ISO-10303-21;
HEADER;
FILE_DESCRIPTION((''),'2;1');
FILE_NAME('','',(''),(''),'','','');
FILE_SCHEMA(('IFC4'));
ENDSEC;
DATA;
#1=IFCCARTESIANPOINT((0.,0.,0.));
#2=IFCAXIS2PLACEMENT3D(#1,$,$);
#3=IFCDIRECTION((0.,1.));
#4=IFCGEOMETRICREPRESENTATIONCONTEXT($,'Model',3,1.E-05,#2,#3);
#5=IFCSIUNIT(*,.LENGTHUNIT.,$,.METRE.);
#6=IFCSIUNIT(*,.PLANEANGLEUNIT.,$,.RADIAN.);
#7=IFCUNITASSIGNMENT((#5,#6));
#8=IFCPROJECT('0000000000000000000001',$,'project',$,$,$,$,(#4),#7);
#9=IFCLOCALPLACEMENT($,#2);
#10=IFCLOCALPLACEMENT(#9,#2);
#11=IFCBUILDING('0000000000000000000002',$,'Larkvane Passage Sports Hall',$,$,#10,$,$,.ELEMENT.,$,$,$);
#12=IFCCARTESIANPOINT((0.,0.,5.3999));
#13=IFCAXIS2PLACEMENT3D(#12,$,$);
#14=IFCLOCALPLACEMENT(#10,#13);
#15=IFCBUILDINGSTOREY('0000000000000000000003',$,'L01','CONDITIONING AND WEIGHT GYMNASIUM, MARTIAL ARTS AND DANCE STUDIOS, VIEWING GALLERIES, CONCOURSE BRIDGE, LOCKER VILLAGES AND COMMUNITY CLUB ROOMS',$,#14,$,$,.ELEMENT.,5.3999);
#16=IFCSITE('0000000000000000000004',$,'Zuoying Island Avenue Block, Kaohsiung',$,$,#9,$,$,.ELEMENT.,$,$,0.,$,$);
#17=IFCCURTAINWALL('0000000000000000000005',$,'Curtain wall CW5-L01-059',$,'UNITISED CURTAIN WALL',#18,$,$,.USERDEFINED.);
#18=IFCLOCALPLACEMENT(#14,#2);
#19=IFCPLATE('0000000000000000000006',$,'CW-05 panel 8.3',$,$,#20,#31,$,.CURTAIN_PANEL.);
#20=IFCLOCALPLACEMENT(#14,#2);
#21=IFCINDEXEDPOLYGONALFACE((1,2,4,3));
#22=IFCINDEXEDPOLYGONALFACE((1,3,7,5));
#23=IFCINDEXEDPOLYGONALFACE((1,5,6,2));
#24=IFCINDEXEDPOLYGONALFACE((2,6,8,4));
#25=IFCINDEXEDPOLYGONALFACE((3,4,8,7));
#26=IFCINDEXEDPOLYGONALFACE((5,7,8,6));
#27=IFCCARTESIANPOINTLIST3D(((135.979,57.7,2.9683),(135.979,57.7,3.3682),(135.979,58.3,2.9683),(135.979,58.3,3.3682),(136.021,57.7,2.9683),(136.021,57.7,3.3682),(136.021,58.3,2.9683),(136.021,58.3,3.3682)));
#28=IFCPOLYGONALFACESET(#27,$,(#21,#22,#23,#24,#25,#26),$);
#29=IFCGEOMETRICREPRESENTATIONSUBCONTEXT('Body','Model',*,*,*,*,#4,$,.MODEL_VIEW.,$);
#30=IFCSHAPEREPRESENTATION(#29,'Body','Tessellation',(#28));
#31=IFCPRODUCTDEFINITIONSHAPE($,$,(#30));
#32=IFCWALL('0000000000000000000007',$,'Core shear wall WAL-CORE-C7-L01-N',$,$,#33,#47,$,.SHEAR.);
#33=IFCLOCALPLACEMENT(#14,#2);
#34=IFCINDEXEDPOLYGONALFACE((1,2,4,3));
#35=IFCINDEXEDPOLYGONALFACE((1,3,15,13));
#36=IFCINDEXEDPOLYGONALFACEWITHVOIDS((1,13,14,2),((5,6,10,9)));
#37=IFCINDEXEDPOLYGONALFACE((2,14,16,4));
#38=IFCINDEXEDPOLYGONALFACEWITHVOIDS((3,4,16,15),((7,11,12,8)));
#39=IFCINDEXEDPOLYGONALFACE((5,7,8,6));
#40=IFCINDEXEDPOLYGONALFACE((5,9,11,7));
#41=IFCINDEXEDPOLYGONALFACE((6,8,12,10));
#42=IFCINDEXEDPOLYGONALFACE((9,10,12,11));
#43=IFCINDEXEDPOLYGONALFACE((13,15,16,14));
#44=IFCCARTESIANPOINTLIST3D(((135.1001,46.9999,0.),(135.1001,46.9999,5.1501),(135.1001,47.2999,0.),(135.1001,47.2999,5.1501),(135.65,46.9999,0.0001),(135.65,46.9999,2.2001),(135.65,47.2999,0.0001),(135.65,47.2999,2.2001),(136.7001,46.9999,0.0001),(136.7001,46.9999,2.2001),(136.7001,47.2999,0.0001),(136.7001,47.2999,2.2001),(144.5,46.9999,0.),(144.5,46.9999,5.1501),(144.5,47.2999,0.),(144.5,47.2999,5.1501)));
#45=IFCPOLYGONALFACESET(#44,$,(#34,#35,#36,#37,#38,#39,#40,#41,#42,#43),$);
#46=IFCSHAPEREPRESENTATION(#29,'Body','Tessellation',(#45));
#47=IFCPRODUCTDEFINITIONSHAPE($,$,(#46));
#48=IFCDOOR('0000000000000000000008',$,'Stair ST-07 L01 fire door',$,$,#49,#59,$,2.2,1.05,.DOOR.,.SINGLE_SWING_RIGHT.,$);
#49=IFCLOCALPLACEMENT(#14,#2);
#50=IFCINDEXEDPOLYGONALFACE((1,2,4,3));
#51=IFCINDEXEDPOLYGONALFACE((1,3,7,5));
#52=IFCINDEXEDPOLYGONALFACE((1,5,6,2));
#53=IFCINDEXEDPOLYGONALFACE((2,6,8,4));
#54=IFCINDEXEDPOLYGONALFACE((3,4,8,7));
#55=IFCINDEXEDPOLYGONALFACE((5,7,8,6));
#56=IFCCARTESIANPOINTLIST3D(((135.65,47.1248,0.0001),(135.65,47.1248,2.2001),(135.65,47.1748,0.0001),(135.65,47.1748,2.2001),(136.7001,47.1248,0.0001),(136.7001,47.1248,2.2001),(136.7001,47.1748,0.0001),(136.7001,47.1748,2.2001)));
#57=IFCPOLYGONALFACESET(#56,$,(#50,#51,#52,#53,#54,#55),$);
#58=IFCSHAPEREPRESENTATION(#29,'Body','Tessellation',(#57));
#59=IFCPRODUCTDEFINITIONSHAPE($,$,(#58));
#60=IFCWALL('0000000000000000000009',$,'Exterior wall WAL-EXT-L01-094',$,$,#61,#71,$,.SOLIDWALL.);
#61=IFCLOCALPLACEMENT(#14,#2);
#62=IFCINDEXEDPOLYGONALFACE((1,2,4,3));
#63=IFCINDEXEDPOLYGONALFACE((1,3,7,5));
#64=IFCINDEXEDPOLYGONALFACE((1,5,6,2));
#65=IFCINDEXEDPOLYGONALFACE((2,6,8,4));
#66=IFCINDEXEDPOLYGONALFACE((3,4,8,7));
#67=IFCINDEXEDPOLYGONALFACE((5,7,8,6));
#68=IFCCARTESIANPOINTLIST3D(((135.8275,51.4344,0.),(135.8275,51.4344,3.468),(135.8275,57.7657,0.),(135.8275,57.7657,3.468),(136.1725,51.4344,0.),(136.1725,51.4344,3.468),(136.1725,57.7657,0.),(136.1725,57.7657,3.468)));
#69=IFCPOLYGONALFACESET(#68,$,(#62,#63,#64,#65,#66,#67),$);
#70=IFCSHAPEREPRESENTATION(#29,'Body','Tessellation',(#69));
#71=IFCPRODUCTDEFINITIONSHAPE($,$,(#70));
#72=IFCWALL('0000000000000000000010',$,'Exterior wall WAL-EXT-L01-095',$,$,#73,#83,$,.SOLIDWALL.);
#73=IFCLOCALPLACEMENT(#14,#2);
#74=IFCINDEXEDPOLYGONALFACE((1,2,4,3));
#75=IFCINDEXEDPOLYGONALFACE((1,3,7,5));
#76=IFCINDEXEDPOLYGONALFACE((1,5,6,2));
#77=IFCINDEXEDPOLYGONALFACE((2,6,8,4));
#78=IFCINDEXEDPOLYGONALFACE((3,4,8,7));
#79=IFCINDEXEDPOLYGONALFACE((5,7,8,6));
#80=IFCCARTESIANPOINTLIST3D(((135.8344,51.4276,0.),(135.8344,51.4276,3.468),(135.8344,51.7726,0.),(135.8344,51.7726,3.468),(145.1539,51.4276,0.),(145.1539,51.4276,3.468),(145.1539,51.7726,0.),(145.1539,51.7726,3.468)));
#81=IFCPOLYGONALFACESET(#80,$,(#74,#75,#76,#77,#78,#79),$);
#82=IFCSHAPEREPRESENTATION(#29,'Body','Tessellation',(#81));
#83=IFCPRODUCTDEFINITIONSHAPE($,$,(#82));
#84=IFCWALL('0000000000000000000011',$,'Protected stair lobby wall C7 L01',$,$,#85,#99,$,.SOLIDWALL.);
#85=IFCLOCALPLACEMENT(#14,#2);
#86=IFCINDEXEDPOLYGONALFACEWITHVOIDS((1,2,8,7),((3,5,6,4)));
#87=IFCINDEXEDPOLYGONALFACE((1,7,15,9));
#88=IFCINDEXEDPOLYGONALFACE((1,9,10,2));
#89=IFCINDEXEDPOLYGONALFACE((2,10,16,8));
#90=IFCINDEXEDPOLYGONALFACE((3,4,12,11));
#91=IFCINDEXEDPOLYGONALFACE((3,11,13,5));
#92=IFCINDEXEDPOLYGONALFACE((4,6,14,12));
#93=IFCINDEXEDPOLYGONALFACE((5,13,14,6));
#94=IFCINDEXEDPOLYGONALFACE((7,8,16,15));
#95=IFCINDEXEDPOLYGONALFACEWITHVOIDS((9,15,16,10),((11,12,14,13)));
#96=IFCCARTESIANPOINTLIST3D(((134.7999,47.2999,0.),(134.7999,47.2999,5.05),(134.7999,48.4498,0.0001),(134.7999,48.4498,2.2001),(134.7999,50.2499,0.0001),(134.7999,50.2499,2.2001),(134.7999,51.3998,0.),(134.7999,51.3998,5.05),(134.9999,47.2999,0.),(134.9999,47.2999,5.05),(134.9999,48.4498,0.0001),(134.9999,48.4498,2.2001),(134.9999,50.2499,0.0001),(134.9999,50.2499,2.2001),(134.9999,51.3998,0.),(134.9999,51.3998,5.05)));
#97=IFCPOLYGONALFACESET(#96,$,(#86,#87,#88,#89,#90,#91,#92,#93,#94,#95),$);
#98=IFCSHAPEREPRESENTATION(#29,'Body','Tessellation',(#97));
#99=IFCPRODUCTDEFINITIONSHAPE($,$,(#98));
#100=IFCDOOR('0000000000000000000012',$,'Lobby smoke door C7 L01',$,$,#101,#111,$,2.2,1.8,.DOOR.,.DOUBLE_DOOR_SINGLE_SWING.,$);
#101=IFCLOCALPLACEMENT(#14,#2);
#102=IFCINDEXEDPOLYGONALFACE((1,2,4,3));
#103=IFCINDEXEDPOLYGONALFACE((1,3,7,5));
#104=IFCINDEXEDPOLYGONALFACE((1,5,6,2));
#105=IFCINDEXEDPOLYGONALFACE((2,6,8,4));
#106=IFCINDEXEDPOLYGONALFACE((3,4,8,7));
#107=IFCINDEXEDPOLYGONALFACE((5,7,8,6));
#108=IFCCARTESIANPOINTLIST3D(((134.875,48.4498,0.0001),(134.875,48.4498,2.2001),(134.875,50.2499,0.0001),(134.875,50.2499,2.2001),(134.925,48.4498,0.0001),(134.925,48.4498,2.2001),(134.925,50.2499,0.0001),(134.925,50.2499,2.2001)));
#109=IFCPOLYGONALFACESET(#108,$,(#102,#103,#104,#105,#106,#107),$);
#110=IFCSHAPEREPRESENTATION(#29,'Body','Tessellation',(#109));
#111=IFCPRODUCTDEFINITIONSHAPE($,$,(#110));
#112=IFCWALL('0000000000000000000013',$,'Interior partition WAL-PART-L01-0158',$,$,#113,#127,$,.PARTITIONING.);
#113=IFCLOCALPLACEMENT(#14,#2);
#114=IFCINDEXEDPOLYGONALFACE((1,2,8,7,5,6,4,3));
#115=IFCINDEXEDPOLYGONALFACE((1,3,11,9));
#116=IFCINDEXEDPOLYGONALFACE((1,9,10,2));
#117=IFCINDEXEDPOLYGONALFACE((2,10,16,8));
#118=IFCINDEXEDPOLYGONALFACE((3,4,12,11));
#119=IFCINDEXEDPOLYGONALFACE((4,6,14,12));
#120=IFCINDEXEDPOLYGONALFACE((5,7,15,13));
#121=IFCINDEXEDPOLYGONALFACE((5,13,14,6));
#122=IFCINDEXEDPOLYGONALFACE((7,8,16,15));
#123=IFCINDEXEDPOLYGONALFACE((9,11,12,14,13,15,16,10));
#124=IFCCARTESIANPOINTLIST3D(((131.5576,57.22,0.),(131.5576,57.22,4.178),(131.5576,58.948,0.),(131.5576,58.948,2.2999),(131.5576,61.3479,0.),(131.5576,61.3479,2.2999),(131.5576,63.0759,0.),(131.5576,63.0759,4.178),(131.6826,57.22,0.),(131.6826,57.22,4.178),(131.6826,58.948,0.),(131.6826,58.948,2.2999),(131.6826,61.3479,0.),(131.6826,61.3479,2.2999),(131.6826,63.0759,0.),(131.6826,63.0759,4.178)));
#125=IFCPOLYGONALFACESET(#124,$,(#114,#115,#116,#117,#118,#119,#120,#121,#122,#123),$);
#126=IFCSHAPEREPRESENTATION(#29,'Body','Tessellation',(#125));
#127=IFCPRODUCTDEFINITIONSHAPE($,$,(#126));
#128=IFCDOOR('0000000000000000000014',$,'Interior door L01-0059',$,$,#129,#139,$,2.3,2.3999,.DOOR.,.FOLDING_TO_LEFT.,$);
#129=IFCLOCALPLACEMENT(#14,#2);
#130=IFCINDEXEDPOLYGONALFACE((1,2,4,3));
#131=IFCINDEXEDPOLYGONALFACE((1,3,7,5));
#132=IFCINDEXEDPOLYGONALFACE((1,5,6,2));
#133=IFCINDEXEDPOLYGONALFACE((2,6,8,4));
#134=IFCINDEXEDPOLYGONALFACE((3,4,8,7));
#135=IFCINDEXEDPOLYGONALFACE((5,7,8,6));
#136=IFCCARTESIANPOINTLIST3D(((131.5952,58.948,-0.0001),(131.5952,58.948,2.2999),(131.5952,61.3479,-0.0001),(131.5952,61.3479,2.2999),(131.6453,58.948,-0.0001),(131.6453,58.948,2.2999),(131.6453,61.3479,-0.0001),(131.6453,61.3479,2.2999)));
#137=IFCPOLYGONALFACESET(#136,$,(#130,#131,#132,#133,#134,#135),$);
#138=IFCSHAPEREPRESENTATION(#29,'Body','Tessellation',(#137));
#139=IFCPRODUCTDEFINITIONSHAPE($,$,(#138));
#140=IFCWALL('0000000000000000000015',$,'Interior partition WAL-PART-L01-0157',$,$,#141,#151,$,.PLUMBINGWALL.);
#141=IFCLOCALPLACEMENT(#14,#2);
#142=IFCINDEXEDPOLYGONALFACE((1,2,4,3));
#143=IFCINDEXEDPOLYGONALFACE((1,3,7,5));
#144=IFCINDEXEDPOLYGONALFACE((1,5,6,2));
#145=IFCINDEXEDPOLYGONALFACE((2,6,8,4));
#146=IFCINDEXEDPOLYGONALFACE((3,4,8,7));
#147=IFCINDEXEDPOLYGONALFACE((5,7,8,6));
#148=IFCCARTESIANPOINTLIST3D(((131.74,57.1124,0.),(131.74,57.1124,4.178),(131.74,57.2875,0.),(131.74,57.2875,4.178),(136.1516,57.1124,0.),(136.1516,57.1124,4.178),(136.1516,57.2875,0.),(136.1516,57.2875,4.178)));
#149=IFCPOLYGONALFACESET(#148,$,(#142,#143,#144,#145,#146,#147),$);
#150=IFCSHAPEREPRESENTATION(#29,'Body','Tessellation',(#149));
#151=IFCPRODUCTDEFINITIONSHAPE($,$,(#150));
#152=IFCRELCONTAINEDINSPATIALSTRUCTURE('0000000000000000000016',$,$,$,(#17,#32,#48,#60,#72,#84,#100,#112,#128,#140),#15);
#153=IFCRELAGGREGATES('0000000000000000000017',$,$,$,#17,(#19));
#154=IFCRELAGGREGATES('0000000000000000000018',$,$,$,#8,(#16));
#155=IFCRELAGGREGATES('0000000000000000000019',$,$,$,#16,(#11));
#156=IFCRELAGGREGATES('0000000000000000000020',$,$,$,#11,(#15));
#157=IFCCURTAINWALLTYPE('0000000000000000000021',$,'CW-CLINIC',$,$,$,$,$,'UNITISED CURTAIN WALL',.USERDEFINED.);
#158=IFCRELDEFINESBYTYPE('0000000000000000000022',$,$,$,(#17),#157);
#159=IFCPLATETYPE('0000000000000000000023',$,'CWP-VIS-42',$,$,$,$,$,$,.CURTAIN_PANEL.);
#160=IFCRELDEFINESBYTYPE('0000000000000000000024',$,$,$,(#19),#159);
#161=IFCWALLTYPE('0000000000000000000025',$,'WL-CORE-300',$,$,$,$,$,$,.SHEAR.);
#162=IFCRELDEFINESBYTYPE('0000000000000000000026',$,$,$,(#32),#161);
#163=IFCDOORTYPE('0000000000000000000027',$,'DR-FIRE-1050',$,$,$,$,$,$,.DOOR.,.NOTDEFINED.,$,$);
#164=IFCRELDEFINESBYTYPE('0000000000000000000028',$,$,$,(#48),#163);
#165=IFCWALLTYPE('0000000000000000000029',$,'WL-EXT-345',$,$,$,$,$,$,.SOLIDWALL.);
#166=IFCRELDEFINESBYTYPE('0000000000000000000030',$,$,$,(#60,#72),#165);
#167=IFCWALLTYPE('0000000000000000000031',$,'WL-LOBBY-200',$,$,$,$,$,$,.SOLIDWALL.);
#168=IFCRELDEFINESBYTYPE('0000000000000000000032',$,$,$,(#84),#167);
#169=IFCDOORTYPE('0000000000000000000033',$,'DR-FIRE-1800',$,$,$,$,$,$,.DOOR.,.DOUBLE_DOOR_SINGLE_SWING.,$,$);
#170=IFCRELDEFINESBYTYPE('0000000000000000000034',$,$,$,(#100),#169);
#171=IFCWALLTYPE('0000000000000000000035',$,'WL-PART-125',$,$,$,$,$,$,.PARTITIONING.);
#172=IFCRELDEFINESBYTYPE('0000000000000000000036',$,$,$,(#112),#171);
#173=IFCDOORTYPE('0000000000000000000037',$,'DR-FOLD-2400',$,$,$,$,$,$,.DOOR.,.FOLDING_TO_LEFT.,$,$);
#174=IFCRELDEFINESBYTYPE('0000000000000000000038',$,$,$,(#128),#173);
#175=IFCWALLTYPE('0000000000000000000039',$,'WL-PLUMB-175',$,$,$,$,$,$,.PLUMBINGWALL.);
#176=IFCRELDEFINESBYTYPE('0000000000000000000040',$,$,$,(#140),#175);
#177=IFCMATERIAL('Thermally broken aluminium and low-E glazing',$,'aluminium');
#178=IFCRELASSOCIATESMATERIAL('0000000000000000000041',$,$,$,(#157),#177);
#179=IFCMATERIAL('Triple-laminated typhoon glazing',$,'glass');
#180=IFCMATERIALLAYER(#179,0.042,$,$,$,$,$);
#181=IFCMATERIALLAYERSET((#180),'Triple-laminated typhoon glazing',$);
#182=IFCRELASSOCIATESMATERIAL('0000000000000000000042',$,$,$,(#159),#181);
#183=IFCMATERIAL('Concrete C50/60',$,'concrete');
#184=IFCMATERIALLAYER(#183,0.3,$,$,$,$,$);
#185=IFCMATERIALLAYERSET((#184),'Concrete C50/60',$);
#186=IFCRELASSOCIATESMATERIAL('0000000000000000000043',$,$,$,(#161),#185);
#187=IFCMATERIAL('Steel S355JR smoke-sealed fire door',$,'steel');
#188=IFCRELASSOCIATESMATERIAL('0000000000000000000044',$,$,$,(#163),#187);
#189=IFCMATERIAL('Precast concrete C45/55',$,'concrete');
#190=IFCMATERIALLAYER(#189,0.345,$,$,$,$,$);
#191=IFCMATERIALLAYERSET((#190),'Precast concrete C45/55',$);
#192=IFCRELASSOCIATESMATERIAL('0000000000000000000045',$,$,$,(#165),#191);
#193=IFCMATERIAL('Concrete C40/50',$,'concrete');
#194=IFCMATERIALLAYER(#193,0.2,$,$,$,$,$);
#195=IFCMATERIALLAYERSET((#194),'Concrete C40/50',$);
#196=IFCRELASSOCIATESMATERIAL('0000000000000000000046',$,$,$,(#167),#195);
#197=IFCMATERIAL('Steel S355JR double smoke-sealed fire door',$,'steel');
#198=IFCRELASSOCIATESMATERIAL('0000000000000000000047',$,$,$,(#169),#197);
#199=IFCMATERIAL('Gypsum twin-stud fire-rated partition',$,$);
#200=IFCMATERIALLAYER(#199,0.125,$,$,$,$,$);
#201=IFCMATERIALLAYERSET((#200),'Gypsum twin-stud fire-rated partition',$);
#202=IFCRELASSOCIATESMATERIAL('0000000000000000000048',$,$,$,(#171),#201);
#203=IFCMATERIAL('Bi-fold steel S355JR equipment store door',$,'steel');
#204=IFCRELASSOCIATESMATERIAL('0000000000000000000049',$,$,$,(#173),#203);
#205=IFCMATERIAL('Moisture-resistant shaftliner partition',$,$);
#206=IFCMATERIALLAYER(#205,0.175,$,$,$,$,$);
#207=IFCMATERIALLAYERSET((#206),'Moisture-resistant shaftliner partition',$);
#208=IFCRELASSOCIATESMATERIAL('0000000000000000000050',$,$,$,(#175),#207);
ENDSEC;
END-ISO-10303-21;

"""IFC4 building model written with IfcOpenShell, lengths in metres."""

from ifc_helpers import new_model, si_unit, direction, frame, frame_2d, origin, origin_2d, place, context, subcontext, project, spatial, rectangle, extrude, material, layer, layer_set, type_object, element, fill, aggregate, save


model = new_model("IFC4")

# Units and contexts
model_context = context("Model", 3, precision=1e-05, world=origin(), true_north=direction((0.0, 1.0)))
body_context = subcontext(model_context, "Body", "Model", "MODEL_VIEW")
ifc_project = project(units=[si_unit("LENGTHUNIT", "METRE"), si_unit("PLANEANGLEUNIT", "RADIAN")], contexts=[model_context])

# Site, building, storey
site_placement = place(None, origin())
site = spatial("IfcSite", under=ifc_project, at=site_placement, Name="Zuoying Island Avenue Block, Kaohsiung", CompositionType="ELEMENT", RefElevation=0.0)
building_placement = place(site_placement, origin())
building = spatial("IfcBuilding", under=site, at=building_placement, Name="Larkvane Passage Sports Hall", CompositionType="ELEMENT")
storey_placement = place(building_placement, frame((0.0, 0.0, 5.3999)))
storey = spatial("IfcBuildingStorey", under=building, at=storey_placement, Name="L01", Description="CONDITIONING AND WEIGHT GYMNASIUM, MARTIAL ARTS AND DANCE STUDIOS, VIEWING GALLERIES, CONCOURSE BRIDGE, LOCKER VILLAGES AND COMMUNITY CLUB ROOMS", CompositionType="ELEMENT", Elevation=5.3999)

# Curtain wall
ifc_material_1 = material(Name="Thermally broken aluminium and low-E glazing", Category="aluminium")
curtain_wall_type = type_object("IfcCurtainWallType", Name="CW-CLINIC", ElementType="UNITISED CURTAIN WALL", PredefinedType="USERDEFINED", material=ifc_material_1)
curtain_wall_placement = place(storey_placement, origin())
curtain_wall = element("IfcCurtainWall", 1, at=curtain_wall_placement, inside=storey, type_object=curtain_wall_type, Name="Curtain wall CW5-L01-059", ObjectType="UNITISED CURTAIN WALL", PredefinedType="USERDEFINED")

# Shared definitions
ifc_material_2 = material(Name="Concrete C50/60", Category="concrete")

# Plate
ifc_material_3 = material(Name="Triple-laminated typhoon glazing", Category="glass")
ifc_layer_1 = layer(ifc_material_3, 0.042)
ifc_layer_set_1 = layer_set([ifc_layer_1], Name="Triple-laminated typhoon glazing")
plate_type_1 = type_object("IfcPlateType", Name="CWP-VIS-42", PredefinedType="CURTAIN_PANEL", material=ifc_layer_set_1)
plate_1_placement = place(storey_placement, frame((136.0, 58.0, 2.9683), z_axis=(0.0, 0.0, 1.0), x_axis=(0.0, -1.0, 0.0)))
plate_1 = element("IfcPlate", 2, at=plate_1_placement, type_object=plate_type_1, Name="CW-05 panel 8.3", PredefinedType="CURTAIN_PANEL", context=body_context, shape_type="SweptSolid", body=[
    extrude(rectangle(XDim=0.6001, YDim=0.042, at=origin_2d()), origin(), (0.0, 0.0, 1.0), 0.3999),
])
aggregate(curtain_wall, [plate_1])

# Wall, opening, door
ifc_layer_2 = layer(ifc_material_2, 0.3)
ifc_layer_set_2 = layer_set([ifc_layer_2], Name="Concrete C50/60")
wall_type_1 = type_object("IfcWallType", Name="WL-CORE-300", PredefinedType="SHEAR", material=ifc_layer_set_2)
wall_1_placement = place(storey_placement, frame((135.1001, 47.1499, 0.0), z_axis=(0.0, 0.0, 1.0), x_axis=(1.0, 0.0, 0.0)))
wall_1 = element("IfcWall", 3, at=wall_1_placement, inside=storey, type_object=wall_type_1, Name="Core shear wall WAL-CORE-C7-L01-N", PredefinedType="SHEAR", context=body_context, shape_type="SweptSolid", body=[
    extrude(rectangle(XDim=9.3999, YDim=0.3, at=frame_2d((4.7, 0.0))), origin(), (0.0, 0.0, 1.0), 5.1501),
])
opening_1_placement = place(wall_1_placement, frame((0.55, 0.0, 0.0)))
opening_1 = element("IfcOpeningElement", 4, at=opening_1_placement, cuts=wall_1, PredefinedType="OPENING", context=body_context, shape_type="SweptSolid", body=[
    extrude(rectangle(XDim=1.05, YDim=2.2, at=frame_2d((0.5249, 1.1001))), frame((0.0, 0.1599, 0.0), z_axis=(0.0, -1.0, 0.0), x_axis=(1.0, 0.0, 0.0)), (0.0, 0.0, 1.0), 0.3201),
])
ifc_material_4 = material(Name="Steel S355JR smoke-sealed fire door", Category="steel")
door_type_1 = type_object("IfcDoorType", Name="DR-FIRE-1050", OperationType="NOTDEFINED", PredefinedType="DOOR", material=ifc_material_4)
door_1_placement = place(opening_1_placement, origin())
door_1 = element("IfcDoor", 5, at=door_1_placement, inside=storey, type_object=door_type_1, Name="Stair ST-07 L01 fire door", OperationType="SINGLE_SWING_RIGHT", OverallHeight=2.2, OverallWidth=1.05, PredefinedType="DOOR", context=body_context, shape_type="SweptSolid", body=[
    extrude(rectangle(XDim=1.05, YDim=2.2, at=frame_2d((0.5249, 1.1001))), frame((0.0, 0.0249, 0.0), z_axis=(0.0, -1.0, 0.0), x_axis=(1.0, 0.0, 0.0)), (0.0, 0.0, 1.0), 0.05),
])
fill(opening_1, door_1)

# Walls
ifc_material_5 = material(Name="Precast concrete C45/55", Category="concrete")
ifc_layer_3 = layer(ifc_material_5, 0.345)
ifc_layer_set_3 = layer_set([ifc_layer_3], Name="Precast concrete C45/55")
wall_type_2 = type_object("IfcWallType", Name="WL-EXT-345", PredefinedType="SOLIDWALL", material=ifc_layer_set_3)
wall_2_placement = place(storey_placement, frame((136.0, 57.7656, 0.0), z_axis=(0.0, 0.0, 1.0), x_axis=(0.0, -1.0, 0.0)))
element("IfcWall", 6, at=wall_2_placement, inside=storey, type_object=wall_type_2, Name="Exterior wall WAL-EXT-L01-094", PredefinedType="SOLIDWALL", context=body_context, shape_type="SweptSolid", body=[
    extrude(rectangle(XDim=6.3313, YDim=0.345, at=frame_2d((3.1655, 0.0))), origin(), (0.0, 0.0, 1.0), 3.468),
])
wall_3_placement = place(storey_placement, frame((135.8345, 51.6001, 0.0), z_axis=(0.0, 0.0, 1.0), x_axis=(1.0, 0.0, 0.0)))
element("IfcWall", 7, at=wall_3_placement, inside=storey, type_object=wall_type_2, Name="Exterior wall WAL-EXT-L01-095", PredefinedType="SOLIDWALL", context=body_context, shape_type="SweptSolid", body=[
    extrude(rectangle(XDim=9.3196, YDim=0.345, at=frame_2d((4.6597, 0.0))), origin(), (0.0, 0.0, 1.0), 3.468),
])

# Walls, openings, doors
ifc_material_6 = material(Name="Concrete C40/50", Category="concrete")
ifc_layer_4 = layer(ifc_material_6, 0.2)
ifc_layer_set_4 = layer_set([ifc_layer_4], Name="Concrete C40/50")
wall_type_3 = type_object("IfcWallType", Name="WL-LOBBY-200", PredefinedType="SOLIDWALL", material=ifc_layer_set_4)
wall_4_placement = place(storey_placement, frame((134.8999, 47.3, 0.0), z_axis=(0.0, 0.0, 1.0), x_axis=(0.0, 1.0, 0.0)))
wall_4 = element("IfcWall", 8, at=wall_4_placement, inside=storey, type_object=wall_type_3, Name="Protected stair lobby wall C7 L01", PredefinedType="SOLIDWALL", context=body_context, shape_type="SweptSolid", body=[
    extrude(rectangle(XDim=4.0999, YDim=0.2, at=frame_2d((2.0498, 0.0))), origin(), (0.0, 0.0, 1.0), 5.05),
])
opening_2_placement = place(wall_4_placement, frame((1.1499, 0.0, 0.0)))
opening_2 = element("IfcOpeningElement", 9, at=opening_2_placement, cuts=wall_4, PredefinedType="OPENING", context=body_context, shape_type="SweptSolid", body=[
    extrude(rectangle(XDim=1.8, YDim=2.2, at=frame_2d((0.8999, 1.1001))), frame((0.0, 0.1099, 0.0), z_axis=(0.0, -1.0, 0.0), x_axis=(1.0, 0.0, 0.0)), (0.0, 0.0, 1.0), 0.22),
])
ifc_material_7 = material(Name="Steel S355JR double smoke-sealed fire door", Category="steel")
door_type_2 = type_object("IfcDoorType", Name="DR-FIRE-1800", OperationType="DOUBLE_DOOR_SINGLE_SWING", PredefinedType="DOOR", material=ifc_material_7)
door_2_placement = place(opening_2_placement, origin())
door_2 = element("IfcDoor", 10, at=door_2_placement, inside=storey, type_object=door_type_2, Name="Lobby smoke door C7 L01", OperationType="DOUBLE_DOOR_SINGLE_SWING", OverallHeight=2.2, OverallWidth=1.8, PredefinedType="DOOR", context=body_context, shape_type="SweptSolid", body=[
    extrude(rectangle(XDim=1.8, YDim=2.2, at=frame_2d((0.8999, 1.1001))), frame((0.0, 0.0249, 0.0), z_axis=(0.0, -1.0, 0.0), x_axis=(1.0, 0.0, 0.0)), (0.0, 0.0, 1.0), 0.05),
])
fill(opening_2, door_2)
ifc_material_8 = material(Name="Gypsum twin-stud fire-rated partition")
ifc_layer_5 = layer(ifc_material_8, 0.125)
ifc_layer_set_5 = layer_set([ifc_layer_5], Name="Gypsum twin-stud fire-rated partition")
wall_type_4 = type_object("IfcWallType", Name="WL-PART-125", PredefinedType="PARTITIONING", material=ifc_layer_set_5)
wall_5_placement = place(storey_placement, frame((131.6201, 57.22, 0.0), z_axis=(0.0, 0.0, 1.0), x_axis=(0.0, 1.0, 0.0)))
wall_5 = element("IfcWall", 11, at=wall_5_placement, inside=storey, type_object=wall_type_4, Name="Interior partition WAL-PART-L01-0158", PredefinedType="PARTITIONING", context=body_context, shape_type="SweptSolid", body=[
    extrude(rectangle(XDim=5.856, YDim=0.125, at=frame_2d((2.928, 0.0))), origin(), (0.0, 0.0, 1.0), 4.178),
])
opening_3_placement = place(wall_5_placement, frame((1.728, 0.0, 0.0)))
opening_3 = element("IfcOpeningElement", 12, at=opening_3_placement, cuts=wall_5, PredefinedType="OPENING", context=body_context, shape_type="SweptSolid", body=[
    extrude(rectangle(XDim=2.3999, YDim=2.3, at=frame_2d((1.2, 1.1499))), frame((0.0, 0.0725, 0.0), z_axis=(0.0, -1.0, 0.0), x_axis=(1.0, 0.0, 0.0)), (0.0, 0.0, 1.0), 0.145),
])
ifc_material_9 = material(Name="Bi-fold steel S355JR equipment store door", Category="steel")
door_type_3 = type_object("IfcDoorType", Name="DR-FOLD-2400", OperationType="FOLDING_TO_LEFT", PredefinedType="DOOR", material=ifc_material_9)
door_3_placement = place(opening_3_placement, origin())
door_3 = element("IfcDoor", 13, at=door_3_placement, inside=storey, type_object=door_type_3, Name="Interior door L01-0059", OperationType="FOLDING_TO_LEFT", OverallHeight=2.3, OverallWidth=2.3999, PredefinedType="DOOR", context=body_context, shape_type="SweptSolid", body=[
    extrude(rectangle(XDim=2.3999, YDim=2.3, at=frame_2d((1.2, 1.1499))), frame((0.0, 0.0249, 0.0), z_axis=(0.0, -1.0, 0.0), x_axis=(1.0, 0.0, 0.0)), (0.0, 0.0, 1.0), 0.05),
])
fill(opening_3, door_3)
ifc_material_10 = material(Name="Moisture-resistant shaftliner partition")
ifc_layer_6 = layer(ifc_material_10, 0.175)
ifc_layer_set_6 = layer_set([ifc_layer_6], Name="Moisture-resistant shaftliner partition")
wall_type_5 = type_object("IfcWallType", Name="WL-PLUMB-175", PredefinedType="PLUMBINGWALL", material=ifc_layer_set_6)

# Wall
wall_6_placement = place(storey_placement, frame((131.74, 57.2, 0.0), z_axis=(0.0, 0.0, 1.0), x_axis=(1.0, 0.0, 0.0)))
element("IfcWall", 14, at=wall_6_placement, inside=storey, type_object=wall_type_5, Name="Interior partition WAL-PART-L01-0157", PredefinedType="PLUMBINGWALL", context=body_context, shape_type="SweptSolid", body=[
    extrude(rectangle(XDim=4.4116, YDim=0.175, at=frame_2d((2.2058, 0.0))), origin(), (0.0, 0.0, 1.0), 4.178),
])

save(model, "model.ifc")
